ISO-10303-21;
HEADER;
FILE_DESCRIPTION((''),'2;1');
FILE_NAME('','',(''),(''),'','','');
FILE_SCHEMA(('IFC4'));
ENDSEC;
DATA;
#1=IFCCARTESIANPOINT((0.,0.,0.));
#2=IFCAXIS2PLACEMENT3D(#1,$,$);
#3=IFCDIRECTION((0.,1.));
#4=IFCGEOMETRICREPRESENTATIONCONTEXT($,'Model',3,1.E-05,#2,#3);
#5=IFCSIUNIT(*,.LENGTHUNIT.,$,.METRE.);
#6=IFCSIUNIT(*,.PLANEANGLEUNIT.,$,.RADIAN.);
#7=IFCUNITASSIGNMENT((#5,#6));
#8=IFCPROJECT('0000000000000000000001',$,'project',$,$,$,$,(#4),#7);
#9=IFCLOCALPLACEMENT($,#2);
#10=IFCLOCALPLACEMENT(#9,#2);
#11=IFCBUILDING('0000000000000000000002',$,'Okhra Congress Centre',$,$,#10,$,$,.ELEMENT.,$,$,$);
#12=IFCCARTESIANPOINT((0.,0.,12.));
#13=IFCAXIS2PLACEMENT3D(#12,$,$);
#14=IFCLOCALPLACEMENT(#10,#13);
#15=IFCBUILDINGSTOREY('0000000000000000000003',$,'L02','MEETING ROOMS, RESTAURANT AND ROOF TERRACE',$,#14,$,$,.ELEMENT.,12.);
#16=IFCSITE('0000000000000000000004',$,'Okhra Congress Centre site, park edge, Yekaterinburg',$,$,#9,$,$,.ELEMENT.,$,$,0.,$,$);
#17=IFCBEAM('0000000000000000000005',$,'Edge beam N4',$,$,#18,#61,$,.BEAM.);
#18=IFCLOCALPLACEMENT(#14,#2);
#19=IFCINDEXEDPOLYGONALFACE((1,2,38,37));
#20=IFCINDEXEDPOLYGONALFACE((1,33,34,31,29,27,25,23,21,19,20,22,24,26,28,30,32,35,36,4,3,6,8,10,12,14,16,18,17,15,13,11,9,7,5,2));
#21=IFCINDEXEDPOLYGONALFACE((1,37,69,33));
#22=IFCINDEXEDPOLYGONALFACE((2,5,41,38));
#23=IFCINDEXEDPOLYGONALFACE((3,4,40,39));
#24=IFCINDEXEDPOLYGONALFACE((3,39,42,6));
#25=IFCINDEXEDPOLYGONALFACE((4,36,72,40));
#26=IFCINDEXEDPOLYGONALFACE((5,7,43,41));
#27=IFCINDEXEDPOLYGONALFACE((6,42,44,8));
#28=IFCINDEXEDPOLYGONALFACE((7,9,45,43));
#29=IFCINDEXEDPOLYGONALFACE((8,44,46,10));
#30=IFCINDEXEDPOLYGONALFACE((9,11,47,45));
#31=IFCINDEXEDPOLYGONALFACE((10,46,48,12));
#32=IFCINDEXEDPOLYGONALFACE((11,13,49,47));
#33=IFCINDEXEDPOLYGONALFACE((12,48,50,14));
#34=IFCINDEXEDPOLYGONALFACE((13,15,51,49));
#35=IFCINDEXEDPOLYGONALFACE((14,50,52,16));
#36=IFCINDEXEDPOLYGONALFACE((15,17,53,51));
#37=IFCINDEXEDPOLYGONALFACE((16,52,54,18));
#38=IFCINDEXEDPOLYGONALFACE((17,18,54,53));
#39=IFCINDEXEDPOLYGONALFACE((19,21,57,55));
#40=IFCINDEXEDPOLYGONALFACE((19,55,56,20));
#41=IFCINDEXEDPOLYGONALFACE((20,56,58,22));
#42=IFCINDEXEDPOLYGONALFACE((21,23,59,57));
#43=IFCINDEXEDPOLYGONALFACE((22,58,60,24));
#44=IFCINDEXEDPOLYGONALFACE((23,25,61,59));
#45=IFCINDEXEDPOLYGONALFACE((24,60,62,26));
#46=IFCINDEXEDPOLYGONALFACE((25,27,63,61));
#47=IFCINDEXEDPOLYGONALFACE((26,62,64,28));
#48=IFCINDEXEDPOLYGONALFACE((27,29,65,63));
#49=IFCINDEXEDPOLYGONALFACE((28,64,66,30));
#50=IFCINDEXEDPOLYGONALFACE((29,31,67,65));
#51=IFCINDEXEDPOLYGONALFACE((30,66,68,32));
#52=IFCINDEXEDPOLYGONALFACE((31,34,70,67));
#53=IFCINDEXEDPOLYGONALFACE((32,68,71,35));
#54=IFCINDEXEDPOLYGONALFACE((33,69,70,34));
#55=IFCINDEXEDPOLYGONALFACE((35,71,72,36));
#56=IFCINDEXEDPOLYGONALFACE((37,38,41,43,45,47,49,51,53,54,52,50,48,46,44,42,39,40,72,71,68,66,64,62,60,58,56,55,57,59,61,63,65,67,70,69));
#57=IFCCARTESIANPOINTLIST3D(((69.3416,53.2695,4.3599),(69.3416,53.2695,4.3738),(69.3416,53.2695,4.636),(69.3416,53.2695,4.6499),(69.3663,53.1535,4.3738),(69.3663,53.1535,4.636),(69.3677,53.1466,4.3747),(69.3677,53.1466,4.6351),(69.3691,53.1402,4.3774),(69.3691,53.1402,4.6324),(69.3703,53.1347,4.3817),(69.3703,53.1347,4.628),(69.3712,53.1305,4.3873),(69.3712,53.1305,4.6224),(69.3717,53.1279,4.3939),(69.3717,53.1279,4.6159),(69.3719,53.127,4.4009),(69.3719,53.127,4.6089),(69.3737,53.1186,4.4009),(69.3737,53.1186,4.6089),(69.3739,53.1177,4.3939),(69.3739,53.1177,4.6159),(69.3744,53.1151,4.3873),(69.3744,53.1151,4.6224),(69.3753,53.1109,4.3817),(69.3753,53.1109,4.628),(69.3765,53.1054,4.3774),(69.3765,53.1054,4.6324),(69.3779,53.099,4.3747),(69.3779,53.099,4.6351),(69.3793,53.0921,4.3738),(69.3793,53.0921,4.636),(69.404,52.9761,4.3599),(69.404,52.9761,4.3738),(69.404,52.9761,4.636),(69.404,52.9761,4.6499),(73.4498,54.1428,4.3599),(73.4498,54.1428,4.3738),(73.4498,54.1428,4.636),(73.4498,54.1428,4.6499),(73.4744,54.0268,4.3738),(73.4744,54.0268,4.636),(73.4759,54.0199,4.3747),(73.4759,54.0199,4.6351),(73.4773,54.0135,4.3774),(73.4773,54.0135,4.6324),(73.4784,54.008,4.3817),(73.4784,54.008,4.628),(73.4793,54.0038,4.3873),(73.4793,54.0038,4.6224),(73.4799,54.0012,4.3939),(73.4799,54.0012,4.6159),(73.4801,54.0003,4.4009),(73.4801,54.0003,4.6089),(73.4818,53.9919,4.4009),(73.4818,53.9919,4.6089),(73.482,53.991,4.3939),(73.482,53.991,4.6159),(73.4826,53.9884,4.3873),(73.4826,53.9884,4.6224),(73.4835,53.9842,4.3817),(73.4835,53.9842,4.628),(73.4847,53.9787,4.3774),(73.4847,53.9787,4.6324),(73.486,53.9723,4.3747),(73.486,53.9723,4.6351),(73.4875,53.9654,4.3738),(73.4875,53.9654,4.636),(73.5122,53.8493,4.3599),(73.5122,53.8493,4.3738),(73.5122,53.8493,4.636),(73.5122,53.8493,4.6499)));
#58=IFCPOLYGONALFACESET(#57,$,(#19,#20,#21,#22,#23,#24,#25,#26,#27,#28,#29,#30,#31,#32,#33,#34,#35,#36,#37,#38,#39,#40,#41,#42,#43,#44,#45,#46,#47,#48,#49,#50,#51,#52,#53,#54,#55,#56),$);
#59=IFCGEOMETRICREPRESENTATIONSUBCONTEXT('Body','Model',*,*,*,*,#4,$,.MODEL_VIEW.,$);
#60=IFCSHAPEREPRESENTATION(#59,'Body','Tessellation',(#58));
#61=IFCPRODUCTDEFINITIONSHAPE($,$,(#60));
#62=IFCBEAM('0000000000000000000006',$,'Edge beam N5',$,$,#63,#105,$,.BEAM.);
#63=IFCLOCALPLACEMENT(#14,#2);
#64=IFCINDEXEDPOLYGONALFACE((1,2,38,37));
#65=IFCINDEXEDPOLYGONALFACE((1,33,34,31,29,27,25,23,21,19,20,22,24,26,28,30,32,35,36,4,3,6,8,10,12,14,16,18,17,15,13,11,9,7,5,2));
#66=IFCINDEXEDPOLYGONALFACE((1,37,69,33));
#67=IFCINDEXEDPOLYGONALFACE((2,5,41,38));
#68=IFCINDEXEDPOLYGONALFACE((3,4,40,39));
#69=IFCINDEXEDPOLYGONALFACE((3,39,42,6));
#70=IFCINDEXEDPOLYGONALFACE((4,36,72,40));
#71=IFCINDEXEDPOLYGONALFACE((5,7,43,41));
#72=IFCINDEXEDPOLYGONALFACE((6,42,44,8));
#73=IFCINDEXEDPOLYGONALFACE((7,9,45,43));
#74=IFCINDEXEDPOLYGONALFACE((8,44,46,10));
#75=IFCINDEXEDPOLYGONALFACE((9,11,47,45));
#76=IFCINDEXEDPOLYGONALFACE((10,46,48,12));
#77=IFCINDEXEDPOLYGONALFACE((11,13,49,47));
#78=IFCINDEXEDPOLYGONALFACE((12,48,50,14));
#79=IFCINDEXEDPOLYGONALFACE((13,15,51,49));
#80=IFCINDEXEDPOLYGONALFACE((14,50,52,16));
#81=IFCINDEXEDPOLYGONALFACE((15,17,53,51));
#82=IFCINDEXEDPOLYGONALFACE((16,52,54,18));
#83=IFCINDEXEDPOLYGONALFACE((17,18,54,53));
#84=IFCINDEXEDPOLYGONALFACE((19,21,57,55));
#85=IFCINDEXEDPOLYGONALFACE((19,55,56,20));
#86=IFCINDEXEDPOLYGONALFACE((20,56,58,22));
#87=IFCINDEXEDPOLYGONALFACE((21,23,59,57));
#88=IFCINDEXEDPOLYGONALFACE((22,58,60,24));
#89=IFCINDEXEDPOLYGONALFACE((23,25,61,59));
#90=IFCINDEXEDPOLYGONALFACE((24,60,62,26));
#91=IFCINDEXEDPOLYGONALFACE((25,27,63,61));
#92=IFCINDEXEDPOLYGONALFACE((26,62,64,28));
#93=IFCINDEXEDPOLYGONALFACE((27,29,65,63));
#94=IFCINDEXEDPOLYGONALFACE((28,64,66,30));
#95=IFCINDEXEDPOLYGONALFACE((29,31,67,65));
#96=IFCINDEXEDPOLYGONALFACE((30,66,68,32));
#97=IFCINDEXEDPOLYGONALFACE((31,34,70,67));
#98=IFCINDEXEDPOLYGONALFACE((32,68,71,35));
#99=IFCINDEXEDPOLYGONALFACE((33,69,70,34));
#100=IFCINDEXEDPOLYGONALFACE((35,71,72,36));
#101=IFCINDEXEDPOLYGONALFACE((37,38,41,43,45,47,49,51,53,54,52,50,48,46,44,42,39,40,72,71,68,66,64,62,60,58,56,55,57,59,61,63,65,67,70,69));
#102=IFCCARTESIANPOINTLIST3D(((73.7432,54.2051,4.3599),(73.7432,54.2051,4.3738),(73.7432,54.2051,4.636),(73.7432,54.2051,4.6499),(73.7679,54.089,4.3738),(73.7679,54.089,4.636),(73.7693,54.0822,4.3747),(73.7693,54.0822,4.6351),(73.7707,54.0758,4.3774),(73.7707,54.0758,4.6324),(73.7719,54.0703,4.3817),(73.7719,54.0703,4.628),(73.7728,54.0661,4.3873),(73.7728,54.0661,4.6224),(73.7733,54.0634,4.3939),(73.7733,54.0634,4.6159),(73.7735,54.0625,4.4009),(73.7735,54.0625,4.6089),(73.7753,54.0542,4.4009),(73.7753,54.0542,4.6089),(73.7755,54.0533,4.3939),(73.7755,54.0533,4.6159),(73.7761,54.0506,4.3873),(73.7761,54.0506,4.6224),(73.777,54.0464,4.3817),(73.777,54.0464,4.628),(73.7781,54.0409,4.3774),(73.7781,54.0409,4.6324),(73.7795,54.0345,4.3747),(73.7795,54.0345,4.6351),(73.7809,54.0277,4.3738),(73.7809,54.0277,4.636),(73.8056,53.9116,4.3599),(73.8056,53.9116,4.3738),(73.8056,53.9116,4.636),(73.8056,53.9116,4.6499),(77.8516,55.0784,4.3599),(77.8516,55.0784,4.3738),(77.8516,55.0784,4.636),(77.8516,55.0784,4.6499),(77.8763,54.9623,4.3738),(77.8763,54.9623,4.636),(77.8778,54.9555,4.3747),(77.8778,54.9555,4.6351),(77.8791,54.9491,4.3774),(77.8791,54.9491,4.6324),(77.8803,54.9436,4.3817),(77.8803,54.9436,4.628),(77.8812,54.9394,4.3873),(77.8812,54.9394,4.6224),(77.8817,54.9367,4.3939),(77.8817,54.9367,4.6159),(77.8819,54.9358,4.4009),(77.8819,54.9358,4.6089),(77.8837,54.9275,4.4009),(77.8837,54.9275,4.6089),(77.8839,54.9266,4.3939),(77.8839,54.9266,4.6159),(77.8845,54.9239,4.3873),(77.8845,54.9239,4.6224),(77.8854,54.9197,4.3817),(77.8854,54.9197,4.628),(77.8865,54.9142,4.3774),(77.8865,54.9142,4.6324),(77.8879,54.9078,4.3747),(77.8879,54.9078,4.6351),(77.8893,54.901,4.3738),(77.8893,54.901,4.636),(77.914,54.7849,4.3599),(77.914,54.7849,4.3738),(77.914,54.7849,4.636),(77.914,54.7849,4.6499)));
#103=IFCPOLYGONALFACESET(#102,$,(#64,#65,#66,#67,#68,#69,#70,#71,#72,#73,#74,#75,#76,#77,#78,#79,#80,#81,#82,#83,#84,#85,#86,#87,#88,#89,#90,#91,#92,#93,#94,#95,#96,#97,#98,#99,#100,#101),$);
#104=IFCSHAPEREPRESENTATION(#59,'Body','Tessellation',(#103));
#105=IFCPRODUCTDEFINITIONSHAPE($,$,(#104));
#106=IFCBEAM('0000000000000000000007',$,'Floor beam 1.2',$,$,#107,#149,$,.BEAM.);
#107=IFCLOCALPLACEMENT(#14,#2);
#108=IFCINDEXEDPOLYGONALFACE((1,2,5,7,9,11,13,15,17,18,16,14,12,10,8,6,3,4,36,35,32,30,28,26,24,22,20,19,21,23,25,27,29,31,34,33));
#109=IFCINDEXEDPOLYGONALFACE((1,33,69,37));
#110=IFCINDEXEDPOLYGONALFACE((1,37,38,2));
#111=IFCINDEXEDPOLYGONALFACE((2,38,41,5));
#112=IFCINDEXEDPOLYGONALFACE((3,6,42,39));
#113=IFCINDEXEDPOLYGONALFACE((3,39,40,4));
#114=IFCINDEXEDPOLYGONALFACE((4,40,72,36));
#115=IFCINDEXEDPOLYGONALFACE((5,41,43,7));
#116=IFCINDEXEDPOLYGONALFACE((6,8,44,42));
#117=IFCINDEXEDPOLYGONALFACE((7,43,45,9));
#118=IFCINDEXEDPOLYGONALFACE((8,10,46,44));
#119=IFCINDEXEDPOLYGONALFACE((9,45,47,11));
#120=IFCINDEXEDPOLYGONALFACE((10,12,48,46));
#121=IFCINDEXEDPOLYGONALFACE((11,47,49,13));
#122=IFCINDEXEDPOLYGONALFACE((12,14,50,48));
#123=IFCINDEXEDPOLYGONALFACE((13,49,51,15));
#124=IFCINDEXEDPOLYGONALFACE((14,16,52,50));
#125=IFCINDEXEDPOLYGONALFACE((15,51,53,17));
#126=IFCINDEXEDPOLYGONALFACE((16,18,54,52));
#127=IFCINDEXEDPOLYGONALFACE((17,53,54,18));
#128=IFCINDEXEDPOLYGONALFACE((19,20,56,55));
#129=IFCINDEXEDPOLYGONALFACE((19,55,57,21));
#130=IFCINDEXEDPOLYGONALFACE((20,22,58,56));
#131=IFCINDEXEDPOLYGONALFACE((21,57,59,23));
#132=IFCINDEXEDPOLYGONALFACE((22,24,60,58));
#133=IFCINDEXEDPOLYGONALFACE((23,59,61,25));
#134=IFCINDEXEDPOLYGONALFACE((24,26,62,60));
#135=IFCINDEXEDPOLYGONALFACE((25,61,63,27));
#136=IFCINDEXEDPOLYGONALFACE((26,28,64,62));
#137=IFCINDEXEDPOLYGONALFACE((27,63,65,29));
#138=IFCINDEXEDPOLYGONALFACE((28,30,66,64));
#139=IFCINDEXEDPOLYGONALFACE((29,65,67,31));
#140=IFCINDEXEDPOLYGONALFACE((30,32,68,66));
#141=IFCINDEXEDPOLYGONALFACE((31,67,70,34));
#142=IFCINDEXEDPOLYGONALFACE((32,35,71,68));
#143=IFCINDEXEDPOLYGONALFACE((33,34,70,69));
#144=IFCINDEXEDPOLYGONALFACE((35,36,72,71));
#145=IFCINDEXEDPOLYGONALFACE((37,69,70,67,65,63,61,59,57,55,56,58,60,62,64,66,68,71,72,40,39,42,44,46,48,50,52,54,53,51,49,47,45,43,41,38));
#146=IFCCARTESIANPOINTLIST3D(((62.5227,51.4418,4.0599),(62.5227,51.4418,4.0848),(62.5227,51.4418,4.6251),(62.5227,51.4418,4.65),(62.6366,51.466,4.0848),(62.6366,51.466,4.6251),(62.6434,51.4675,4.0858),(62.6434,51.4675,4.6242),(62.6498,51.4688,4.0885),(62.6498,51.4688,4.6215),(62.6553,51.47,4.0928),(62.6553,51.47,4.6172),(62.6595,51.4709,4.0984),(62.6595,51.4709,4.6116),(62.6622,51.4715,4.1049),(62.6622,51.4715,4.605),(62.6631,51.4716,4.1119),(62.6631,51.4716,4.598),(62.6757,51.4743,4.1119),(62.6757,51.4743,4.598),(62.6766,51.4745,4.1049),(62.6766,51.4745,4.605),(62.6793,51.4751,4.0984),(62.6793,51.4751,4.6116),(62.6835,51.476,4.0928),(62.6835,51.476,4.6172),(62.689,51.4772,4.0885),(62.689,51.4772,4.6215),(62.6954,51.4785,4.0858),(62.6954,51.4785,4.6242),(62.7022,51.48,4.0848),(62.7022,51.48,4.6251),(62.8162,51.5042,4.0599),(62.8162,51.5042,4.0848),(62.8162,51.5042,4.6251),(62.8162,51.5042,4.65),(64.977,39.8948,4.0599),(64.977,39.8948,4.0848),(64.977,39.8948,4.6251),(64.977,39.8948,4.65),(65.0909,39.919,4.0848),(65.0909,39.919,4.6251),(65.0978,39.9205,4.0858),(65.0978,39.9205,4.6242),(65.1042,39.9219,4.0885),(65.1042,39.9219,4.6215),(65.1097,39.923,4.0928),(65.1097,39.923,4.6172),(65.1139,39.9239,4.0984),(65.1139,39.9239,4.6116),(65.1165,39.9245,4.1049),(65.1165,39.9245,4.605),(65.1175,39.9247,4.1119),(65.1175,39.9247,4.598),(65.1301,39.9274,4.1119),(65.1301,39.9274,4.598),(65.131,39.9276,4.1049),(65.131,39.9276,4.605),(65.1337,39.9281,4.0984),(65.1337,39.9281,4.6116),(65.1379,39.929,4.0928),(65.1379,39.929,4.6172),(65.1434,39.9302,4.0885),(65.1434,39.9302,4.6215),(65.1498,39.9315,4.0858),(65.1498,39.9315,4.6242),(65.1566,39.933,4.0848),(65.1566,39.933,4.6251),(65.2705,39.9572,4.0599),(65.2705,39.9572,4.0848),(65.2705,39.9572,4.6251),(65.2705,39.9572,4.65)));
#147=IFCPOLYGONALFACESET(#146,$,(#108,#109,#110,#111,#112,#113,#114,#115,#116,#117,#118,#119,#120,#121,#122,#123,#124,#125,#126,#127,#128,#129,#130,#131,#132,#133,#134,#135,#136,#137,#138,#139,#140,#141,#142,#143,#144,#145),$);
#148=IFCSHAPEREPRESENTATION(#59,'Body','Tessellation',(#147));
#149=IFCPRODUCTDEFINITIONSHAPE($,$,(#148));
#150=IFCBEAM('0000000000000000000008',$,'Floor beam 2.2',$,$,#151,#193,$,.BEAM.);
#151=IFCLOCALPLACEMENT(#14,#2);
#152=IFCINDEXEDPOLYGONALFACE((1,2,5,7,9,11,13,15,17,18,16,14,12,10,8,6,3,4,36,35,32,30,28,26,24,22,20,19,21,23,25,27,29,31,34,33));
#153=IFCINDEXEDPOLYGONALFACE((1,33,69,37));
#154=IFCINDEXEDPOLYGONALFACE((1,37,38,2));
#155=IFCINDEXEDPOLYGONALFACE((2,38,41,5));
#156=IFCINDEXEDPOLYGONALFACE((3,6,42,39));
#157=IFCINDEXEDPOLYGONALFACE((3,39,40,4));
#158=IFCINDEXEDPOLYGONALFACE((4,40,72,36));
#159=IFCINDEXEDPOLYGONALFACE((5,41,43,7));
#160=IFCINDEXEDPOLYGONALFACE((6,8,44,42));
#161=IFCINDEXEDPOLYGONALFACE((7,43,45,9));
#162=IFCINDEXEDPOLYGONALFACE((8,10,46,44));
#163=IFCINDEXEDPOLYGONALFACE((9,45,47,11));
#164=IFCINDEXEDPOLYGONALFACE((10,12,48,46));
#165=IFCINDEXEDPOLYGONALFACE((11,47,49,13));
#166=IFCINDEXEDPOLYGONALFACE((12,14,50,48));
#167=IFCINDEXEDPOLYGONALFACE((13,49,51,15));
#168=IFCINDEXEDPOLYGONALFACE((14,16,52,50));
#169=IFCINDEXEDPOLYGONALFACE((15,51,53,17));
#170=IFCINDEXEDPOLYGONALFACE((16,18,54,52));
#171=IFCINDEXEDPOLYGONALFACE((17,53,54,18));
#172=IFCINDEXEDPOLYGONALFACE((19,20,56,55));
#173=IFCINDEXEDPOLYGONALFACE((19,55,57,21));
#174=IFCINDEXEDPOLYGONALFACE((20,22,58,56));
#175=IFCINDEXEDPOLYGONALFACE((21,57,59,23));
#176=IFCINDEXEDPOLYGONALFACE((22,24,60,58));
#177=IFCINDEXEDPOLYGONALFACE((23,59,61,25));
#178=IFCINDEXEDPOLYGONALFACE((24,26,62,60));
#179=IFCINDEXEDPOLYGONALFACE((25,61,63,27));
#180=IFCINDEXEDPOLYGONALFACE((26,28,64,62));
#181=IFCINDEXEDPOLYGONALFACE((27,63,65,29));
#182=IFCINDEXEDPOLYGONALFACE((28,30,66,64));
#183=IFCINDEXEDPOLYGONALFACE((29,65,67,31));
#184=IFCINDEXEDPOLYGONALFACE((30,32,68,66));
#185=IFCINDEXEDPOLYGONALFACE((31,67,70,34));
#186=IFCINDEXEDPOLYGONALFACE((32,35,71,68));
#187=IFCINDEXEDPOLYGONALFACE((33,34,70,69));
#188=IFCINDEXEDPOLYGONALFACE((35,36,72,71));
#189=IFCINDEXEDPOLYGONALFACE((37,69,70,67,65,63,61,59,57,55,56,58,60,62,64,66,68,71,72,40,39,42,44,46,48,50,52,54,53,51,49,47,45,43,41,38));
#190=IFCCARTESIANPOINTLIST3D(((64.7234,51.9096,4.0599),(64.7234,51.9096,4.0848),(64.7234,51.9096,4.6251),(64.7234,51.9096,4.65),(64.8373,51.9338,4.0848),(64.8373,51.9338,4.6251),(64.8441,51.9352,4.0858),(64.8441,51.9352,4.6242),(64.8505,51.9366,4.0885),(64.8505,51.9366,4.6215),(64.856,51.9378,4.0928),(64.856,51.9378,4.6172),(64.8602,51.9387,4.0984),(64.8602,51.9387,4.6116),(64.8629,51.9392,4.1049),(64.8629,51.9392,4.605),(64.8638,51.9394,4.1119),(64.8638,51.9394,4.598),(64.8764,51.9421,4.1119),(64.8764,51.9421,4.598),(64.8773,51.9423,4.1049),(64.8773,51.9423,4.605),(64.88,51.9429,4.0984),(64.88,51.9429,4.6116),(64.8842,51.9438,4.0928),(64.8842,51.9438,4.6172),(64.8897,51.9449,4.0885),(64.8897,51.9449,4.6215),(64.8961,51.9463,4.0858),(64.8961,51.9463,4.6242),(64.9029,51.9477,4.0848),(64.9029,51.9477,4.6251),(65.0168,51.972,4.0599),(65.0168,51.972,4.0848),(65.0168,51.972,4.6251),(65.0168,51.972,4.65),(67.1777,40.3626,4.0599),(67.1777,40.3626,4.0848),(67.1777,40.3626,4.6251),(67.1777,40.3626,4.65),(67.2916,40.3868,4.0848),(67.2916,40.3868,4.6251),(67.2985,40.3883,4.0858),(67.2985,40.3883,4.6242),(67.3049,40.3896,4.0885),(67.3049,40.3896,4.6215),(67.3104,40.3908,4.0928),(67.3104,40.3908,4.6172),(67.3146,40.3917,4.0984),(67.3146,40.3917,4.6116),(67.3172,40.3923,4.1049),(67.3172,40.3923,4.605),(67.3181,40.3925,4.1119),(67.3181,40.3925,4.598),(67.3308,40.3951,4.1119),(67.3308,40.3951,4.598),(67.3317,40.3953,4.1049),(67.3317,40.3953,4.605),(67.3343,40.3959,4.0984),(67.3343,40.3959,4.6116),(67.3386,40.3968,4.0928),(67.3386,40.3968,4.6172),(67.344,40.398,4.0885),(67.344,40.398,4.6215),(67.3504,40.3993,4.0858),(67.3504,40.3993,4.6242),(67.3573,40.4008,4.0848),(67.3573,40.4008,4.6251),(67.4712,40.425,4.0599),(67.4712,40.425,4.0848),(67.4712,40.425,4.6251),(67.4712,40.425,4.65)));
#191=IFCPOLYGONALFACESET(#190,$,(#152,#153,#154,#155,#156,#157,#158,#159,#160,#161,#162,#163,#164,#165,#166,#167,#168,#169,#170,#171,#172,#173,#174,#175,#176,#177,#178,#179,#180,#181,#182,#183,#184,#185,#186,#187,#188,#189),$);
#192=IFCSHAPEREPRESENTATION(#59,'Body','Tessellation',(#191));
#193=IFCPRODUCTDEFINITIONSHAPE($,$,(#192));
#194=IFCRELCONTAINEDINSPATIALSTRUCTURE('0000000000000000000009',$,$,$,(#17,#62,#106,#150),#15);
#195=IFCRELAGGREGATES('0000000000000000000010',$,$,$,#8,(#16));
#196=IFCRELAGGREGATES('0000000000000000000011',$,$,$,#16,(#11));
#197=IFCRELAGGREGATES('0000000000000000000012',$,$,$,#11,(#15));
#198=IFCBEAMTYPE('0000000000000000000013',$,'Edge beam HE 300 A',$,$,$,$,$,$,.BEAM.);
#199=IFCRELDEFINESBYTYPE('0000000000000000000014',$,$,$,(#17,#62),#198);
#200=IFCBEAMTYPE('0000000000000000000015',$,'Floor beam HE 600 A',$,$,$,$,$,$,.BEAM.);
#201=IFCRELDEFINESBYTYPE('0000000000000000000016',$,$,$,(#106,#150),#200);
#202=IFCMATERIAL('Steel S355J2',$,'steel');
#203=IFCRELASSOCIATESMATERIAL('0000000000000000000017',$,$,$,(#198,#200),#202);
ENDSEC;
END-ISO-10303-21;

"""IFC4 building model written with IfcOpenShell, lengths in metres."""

from ifc_helpers import new_model, si_unit, direction, frame, origin, origin_2d, place, context, subcontext, project, spatial, i_section, extrude, material, material_profile, profile_set, type_object, element, save


model = new_model("IFC4")

# Units and contexts
model_context = context("Model", 3, precision=1e-05, world=origin(), true_north=direction((0.0, 1.0)))
body_context = subcontext(model_context, "Body", "Model", "MODEL_VIEW")
ifc_project = project(units=[si_unit("LENGTHUNIT", "METRE"), si_unit("PLANEANGLEUNIT", "RADIAN")], contexts=[model_context])

# Site, building, storey
site_placement = place(None, origin())
site = spatial("IfcSite", under=ifc_project, at=site_placement, Name="Okhra Congress Centre site, park edge, Yekaterinburg", CompositionType="ELEMENT", RefElevation=0.0)
building_placement = place(site_placement, origin())
building = spatial("IfcBuilding", under=site, at=building_placement, Name="Okhra Congress Centre", CompositionType="ELEMENT")
storey_placement = place(building_placement, frame((0.0, 0.0, 12.0)))
storey = spatial("IfcBuildingStorey", under=building, at=storey_placement, Name="L02", Description="MEETING ROOMS, RESTAURANT AND ROOF TERRACE", CompositionType="ELEMENT", Elevation=12.0)

# Shared definitions
ifc_material_1 = material(Name="Steel S355J2", Category="steel")

# Beams
ifc_material_profile_1 = material_profile(ifc_material_1, i_section(OverallWidth=0.3, OverallDepth=0.29, WebThickness=0.0085, FlangeThickness=0.0139, FilletRadius=0.0271, at=origin_2d()), Name="HE 300 A")
ifc_profile_set_1 = profile_set([ifc_material_profile_1], Name="Steel S355J2")
beam_type_1 = type_object("IfcBeamType", Name="Edge beam HE 300 A", PredefinedType="BEAM", material=ifc_profile_set_1)
for number, where, z_axis, x_axis, name in (
    (1, (69.3728, 53.1228, 4.5049), (0.978144, 0.207929, 0.0), (-0.207929, 0.978144, 0.0), "Edge beam N4"),
):
    element("IfcBeam", number, at=place(storey_placement, frame(where, z_axis=z_axis, x_axis=x_axis)), inside=storey, type_object=beam_type_1, Name=name, PredefinedType="BEAM", context=body_context, shape_type="SweptSolid", body=[
        extrude(i_section(OverallWidth=0.3, OverallDepth=0.29, WebThickness=0.0085, FlangeThickness=0.0139, FilletRadius=0.0271, at=origin_2d()), origin(), (0.0, 0.0, 1.0), 4.2),
    ])
beam_1_placement = place(storey_placement, frame((73.7744, 54.0583, 4.5049), z_axis=(0.978146, 0.207917, 0.0), x_axis=(-0.207917, 0.978146, 0.0)))
element("IfcBeam", 2, at=beam_1_placement, inside=storey, type_object=beam_type_1, Name="Edge beam N5", PredefinedType="BEAM", context=body_context, shape_type="SweptSolid", body=[
    extrude(i_section(OverallWidth=0.3, OverallDepth=0.29, WebThickness=0.0085, FlangeThickness=0.0139, FilletRadius=0.0271, at=origin_2d()), origin(), (0.0, 0.0, 1.0), 4.2002),
])
ifc_material_profile_2 = material_profile(ifc_material_1, i_section(OverallWidth=0.3, OverallDepth=0.5901, WebThickness=0.0129, FlangeThickness=0.0249, FilletRadius=0.0271, at=origin_2d()), Name="HE 600 A")
ifc_profile_set_2 = profile_set([ifc_material_profile_2], Name="Steel S355J2")
beam_type_2 = type_object("IfcBeamType", Name="Floor beam HE 600 A", PredefinedType="BEAM", material=ifc_profile_set_2)
for number, where, z_axis, x_axis, name in (
    (3, (65.1238, 39.926, 4.355), (-0.20791, 0.978148, 0.0), (-0.978148, -0.20791, 0.0), "Floor beam 1.2"),
    (4, (67.3245, 40.3938, 4.355), (-0.20791, 0.978148, 0.0), (-0.978148, -0.20791, 0.0), "Floor beam 2.2"),
):
    element("IfcBeam", number, at=place(storey_placement, frame(where, z_axis=z_axis, x_axis=x_axis)), inside=storey, type_object=beam_type_2, Name=name, PredefinedType="BEAM", context=body_context, shape_type="SweptSolid", body=[
        extrude(i_section(OverallWidth=0.3, OverallDepth=0.5901, WebThickness=0.0129, FlangeThickness=0.0249, FilletRadius=0.0271, at=origin_2d()), origin(), (0.0, 0.0, 1.0), 11.8049),
    ])

save(model, "model.ifc")
